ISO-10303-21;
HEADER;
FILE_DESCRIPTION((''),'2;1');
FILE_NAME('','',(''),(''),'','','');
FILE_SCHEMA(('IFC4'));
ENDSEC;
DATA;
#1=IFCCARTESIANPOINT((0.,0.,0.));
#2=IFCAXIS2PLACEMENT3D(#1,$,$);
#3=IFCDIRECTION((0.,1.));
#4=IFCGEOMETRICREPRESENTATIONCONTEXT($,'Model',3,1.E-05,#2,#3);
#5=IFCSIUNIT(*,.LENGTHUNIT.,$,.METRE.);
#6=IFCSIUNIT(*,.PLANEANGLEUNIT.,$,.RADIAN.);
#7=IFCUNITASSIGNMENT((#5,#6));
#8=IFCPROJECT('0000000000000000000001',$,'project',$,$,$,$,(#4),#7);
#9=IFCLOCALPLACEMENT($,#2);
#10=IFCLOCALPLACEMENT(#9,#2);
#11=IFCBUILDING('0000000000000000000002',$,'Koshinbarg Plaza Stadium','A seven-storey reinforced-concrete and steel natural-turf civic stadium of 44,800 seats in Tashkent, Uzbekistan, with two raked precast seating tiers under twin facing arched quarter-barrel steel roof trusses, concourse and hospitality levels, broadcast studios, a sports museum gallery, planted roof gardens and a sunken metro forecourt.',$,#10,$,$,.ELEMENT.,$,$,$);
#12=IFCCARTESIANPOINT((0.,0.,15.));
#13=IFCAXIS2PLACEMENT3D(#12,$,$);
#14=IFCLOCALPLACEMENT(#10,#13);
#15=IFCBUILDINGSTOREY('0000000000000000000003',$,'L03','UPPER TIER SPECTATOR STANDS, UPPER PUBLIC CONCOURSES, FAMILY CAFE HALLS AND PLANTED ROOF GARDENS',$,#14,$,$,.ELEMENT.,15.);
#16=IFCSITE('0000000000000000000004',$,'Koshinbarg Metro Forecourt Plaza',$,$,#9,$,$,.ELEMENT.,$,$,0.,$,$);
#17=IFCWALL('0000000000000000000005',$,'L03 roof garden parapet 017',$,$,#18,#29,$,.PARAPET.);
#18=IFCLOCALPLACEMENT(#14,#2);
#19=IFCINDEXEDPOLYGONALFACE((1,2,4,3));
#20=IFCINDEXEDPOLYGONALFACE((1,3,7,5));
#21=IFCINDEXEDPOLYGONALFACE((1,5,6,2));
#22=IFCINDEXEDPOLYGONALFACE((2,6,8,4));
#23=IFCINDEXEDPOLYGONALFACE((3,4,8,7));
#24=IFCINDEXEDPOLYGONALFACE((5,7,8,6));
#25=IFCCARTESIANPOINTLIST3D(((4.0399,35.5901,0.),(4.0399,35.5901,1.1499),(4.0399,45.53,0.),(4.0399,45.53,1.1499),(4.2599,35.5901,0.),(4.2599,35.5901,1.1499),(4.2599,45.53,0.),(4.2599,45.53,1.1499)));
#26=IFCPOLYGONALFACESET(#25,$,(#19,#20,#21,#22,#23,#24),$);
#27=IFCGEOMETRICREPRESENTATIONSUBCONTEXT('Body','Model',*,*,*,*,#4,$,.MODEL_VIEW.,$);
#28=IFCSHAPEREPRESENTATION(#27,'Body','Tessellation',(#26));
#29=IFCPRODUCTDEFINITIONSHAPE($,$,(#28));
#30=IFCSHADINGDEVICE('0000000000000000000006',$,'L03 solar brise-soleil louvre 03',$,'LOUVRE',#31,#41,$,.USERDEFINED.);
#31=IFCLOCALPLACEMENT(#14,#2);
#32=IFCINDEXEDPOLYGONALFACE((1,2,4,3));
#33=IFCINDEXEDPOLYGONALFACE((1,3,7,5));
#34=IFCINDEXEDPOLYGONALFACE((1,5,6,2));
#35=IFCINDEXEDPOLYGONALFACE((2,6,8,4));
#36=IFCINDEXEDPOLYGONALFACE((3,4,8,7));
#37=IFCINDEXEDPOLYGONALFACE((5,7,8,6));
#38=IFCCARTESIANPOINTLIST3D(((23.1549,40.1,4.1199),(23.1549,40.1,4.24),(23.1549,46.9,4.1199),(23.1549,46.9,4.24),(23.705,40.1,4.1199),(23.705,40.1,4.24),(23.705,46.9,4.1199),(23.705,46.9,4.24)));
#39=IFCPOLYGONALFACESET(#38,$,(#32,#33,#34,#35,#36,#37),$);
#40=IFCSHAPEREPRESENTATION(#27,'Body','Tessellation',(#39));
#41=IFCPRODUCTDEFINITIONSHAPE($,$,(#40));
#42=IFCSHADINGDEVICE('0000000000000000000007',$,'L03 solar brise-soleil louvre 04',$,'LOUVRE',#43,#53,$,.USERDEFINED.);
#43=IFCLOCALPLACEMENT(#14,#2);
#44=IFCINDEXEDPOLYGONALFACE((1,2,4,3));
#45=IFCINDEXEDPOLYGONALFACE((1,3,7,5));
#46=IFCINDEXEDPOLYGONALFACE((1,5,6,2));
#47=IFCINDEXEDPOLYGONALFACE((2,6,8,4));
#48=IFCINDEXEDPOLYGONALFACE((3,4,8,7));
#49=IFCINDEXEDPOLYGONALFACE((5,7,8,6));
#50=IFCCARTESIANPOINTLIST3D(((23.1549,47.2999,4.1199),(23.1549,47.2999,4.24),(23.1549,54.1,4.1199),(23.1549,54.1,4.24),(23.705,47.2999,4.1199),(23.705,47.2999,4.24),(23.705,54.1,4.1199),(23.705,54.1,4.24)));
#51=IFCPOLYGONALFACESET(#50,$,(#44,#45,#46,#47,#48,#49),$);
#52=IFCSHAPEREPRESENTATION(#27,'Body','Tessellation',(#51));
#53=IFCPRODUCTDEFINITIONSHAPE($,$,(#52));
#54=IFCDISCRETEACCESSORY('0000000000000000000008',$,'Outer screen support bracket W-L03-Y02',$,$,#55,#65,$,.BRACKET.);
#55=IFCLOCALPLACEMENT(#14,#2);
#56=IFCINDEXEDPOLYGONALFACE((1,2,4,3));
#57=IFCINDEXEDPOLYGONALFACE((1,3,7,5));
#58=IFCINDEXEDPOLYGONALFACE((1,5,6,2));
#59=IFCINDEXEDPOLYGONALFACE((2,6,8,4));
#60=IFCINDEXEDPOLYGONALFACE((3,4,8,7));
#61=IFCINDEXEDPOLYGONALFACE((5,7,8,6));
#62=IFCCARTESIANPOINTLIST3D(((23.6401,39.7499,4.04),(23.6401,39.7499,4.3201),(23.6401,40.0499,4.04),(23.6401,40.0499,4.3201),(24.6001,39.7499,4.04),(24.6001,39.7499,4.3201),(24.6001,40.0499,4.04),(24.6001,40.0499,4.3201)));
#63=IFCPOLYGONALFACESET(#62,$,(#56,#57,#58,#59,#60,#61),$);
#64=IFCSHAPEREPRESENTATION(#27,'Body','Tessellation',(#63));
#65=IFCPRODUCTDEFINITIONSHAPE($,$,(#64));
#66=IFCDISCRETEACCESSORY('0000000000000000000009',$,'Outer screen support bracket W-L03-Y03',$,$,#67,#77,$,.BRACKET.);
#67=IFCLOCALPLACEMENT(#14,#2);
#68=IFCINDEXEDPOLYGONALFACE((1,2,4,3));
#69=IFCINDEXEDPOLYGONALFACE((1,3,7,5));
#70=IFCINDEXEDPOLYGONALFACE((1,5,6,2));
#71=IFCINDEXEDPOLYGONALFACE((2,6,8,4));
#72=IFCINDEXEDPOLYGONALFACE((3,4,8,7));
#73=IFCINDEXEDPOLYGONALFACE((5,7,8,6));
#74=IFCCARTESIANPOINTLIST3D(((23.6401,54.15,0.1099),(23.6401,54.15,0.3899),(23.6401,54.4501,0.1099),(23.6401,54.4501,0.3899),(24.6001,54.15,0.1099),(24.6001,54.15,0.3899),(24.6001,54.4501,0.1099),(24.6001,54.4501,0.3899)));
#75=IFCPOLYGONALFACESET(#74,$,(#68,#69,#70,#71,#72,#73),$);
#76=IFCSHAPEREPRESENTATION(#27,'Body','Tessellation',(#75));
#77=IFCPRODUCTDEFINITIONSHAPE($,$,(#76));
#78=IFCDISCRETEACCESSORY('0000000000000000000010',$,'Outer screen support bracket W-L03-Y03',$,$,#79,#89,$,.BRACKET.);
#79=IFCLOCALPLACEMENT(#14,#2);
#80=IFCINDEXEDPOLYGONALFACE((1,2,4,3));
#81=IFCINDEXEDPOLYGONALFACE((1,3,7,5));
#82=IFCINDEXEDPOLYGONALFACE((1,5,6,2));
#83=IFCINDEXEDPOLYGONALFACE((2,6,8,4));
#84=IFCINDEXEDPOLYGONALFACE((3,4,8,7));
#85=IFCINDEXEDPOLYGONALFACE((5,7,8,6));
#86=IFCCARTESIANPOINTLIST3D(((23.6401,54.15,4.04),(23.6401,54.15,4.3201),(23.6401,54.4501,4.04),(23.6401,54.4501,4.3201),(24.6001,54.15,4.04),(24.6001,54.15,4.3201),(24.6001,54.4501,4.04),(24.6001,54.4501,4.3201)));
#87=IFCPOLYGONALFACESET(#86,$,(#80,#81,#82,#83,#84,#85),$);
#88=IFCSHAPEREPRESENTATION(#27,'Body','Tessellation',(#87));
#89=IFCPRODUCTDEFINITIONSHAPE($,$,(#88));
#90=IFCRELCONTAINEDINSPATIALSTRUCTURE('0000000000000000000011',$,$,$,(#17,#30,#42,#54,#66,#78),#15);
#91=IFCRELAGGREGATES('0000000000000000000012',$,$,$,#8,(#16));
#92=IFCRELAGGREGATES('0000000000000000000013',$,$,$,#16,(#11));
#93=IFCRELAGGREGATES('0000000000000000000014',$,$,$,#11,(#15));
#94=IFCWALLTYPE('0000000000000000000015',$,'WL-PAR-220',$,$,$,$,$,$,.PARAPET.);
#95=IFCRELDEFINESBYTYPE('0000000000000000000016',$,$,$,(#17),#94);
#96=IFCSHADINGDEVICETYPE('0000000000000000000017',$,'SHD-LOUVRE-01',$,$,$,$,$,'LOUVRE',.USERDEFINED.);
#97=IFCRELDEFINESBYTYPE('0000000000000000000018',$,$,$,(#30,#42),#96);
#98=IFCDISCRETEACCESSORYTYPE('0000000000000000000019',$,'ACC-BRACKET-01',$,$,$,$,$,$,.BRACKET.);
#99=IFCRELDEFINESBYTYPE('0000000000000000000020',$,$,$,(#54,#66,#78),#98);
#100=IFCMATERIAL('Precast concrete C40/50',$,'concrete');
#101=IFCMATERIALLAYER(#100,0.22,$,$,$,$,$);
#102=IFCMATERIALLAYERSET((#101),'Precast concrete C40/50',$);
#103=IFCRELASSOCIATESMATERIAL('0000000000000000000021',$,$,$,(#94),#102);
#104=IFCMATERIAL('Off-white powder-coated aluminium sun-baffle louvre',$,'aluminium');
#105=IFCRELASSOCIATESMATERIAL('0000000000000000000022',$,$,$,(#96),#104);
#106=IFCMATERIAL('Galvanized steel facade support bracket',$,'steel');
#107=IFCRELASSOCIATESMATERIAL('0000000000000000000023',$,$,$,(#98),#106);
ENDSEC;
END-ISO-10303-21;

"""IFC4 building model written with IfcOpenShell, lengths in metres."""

from ifc_helpers import new_model, si_unit, direction, frame, frame_2d, origin, origin_2d, place, context, subcontext, project, spatial, rectangle, extrude, material, layer, layer_set, type_object, element, save


model = new_model("IFC4")

# Units and contexts
model_context = context("Model", 3, precision=1e-05, world=origin(), true_north=direction((0.0, 1.0)))
body_context = subcontext(model_context, "Body", "Model", "MODEL_VIEW")
ifc_project = project(units=[si_unit("LENGTHUNIT", "METRE"), si_unit("PLANEANGLEUNIT", "RADIAN")], contexts=[model_context])

# Site, building, storey
site_placement = place(None, origin())
site = spatial("IfcSite", under=ifc_project, at=site_placement, Name="Koshinbarg Metro Forecourt Plaza", CompositionType="ELEMENT", RefElevation=0.0)
building_placement = place(site_placement, origin())
building = spatial("IfcBuilding", under=site, at=building_placement, Name="Koshinbarg Plaza Stadium", Description="A seven-storey reinforced-concrete and steel natural-turf civic stadium of 44,800 seats in Tashkent, Uzbekistan, with two raked precast seating tiers under twin facing arched quarter-barrel steel roof trusses, concourse and hospitality levels, broadcast studios, a sports museum gallery, planted roof gardens and a sunken metro forecourt.", CompositionType="ELEMENT")
storey_placement = place(building_placement, frame((0.0, 0.0, 15.0)))
storey = spatial("IfcBuildingStorey", under=building, at=storey_placement, Name="L03", Description="UPPER TIER SPECTATOR STANDS, UPPER PUBLIC CONCOURSES, FAMILY CAFE HALLS AND PLANTED ROOF GARDENS", CompositionType="ELEMENT", Elevation=15.0)

# Wall
ifc_material_1 = material(Name="Precast concrete C40/50", Category="concrete")
ifc_layer_1 = layer(ifc_material_1, 0.22)
ifc_layer_set_1 = layer_set([ifc_layer_1], Name="Precast concrete C40/50")
wall_type_1 = type_object("IfcWallType", Name="WL-PAR-220", PredefinedType="PARAPET", material=ifc_layer_set_1)
wall_1_placement = place(storey_placement, frame((4.1499, 45.53, 0.0), z_axis=(0.0, 0.0, 1.0), x_axis=(0.0, -1.0, 0.0)))
element("IfcWall", 1, at=wall_1_placement, inside=storey, type_object=wall_type_1, Name="L03 roof garden parapet 017", PredefinedType="PARAPET", context=body_context, shape_type="SweptSolid", body=[
    extrude(rectangle(XDim=9.9399, YDim=0.22, at=frame_2d((4.97, 0.0))), origin(), (0.0, 0.0, 1.0), 1.1499),
])

# Shading devices
ifc_material_2 = material(Name="Off-white powder-coated aluminium sun-baffle louvre", Category="aluminium")
shading_device_type = type_object("IfcShadingDeviceType", Name="SHD-LOUVRE-01", ElementType="LOUVRE", PredefinedType="USERDEFINED", material=ifc_material_2)
for number, where, z_axis, x_axis, name in (
    (2, (23.4299, 43.5, 4.1199), (0.0, 0.0, 1.0), (1.0, 0.0, 0.0), "L03 solar brise-soleil louvre 03"),
    (3, (23.4299, 50.7, 4.1199), (0.0, 0.0, 1.0), (1.0, 0.0, 0.0), "L03 solar brise-soleil louvre 04"),
):
    element("IfcShadingDevice", number, at=place(storey_placement, frame(where, z_axis=z_axis, x_axis=x_axis)), inside=storey, type_object=shading_device_type, Name=name, ObjectType="LOUVRE", PredefinedType="USERDEFINED", context=body_context, shape_type="SweptSolid", body=[
        extrude(rectangle(XDim=0.55, YDim=6.8, at=origin_2d()), origin(), (0.0, 0.0, 1.0), 0.1201),
    ])

# Discrete accessories
ifc_material_3 = material(Name="Galvanized steel facade support bracket", Category="steel")
discrete_accessory_type = type_object("IfcDiscreteAccessoryType", Name="ACC-BRACKET-01", PredefinedType="BRACKET", material=ifc_material_3)
for number, where, z_axis, x_axis, name in (
    (4, (24.1201, 39.8999, 4.04), (0.0, 0.0, 1.0), (1.0, 0.0, 0.0), "Outer screen support bracket W-L03-Y02"),
    (5, (24.1201, 54.3, 0.1099), (0.0, 0.0, 1.0), (1.0, 0.0, 0.0), "Outer screen support bracket W-L03-Y03"),
    (6, (24.1201, 54.3, 4.04), (0.0, 0.0, 1.0), (1.0, 0.0, 0.0), "Outer screen support bracket W-L03-Y03"),
):
    element("IfcDiscreteAccessory", number, at=place(storey_placement, frame(where, z_axis=z_axis, x_axis=x_axis)), inside=storey, type_object=discrete_accessory_type, Name=name, PredefinedType="BRACKET", context=body_context, shape_type="SweptSolid", body=[
        extrude(rectangle(XDim=0.96, YDim=0.3, at=origin_2d()), origin(), (0.0, 0.0, 1.0), 0.28),
    ])

save(model, "model.ifc")
